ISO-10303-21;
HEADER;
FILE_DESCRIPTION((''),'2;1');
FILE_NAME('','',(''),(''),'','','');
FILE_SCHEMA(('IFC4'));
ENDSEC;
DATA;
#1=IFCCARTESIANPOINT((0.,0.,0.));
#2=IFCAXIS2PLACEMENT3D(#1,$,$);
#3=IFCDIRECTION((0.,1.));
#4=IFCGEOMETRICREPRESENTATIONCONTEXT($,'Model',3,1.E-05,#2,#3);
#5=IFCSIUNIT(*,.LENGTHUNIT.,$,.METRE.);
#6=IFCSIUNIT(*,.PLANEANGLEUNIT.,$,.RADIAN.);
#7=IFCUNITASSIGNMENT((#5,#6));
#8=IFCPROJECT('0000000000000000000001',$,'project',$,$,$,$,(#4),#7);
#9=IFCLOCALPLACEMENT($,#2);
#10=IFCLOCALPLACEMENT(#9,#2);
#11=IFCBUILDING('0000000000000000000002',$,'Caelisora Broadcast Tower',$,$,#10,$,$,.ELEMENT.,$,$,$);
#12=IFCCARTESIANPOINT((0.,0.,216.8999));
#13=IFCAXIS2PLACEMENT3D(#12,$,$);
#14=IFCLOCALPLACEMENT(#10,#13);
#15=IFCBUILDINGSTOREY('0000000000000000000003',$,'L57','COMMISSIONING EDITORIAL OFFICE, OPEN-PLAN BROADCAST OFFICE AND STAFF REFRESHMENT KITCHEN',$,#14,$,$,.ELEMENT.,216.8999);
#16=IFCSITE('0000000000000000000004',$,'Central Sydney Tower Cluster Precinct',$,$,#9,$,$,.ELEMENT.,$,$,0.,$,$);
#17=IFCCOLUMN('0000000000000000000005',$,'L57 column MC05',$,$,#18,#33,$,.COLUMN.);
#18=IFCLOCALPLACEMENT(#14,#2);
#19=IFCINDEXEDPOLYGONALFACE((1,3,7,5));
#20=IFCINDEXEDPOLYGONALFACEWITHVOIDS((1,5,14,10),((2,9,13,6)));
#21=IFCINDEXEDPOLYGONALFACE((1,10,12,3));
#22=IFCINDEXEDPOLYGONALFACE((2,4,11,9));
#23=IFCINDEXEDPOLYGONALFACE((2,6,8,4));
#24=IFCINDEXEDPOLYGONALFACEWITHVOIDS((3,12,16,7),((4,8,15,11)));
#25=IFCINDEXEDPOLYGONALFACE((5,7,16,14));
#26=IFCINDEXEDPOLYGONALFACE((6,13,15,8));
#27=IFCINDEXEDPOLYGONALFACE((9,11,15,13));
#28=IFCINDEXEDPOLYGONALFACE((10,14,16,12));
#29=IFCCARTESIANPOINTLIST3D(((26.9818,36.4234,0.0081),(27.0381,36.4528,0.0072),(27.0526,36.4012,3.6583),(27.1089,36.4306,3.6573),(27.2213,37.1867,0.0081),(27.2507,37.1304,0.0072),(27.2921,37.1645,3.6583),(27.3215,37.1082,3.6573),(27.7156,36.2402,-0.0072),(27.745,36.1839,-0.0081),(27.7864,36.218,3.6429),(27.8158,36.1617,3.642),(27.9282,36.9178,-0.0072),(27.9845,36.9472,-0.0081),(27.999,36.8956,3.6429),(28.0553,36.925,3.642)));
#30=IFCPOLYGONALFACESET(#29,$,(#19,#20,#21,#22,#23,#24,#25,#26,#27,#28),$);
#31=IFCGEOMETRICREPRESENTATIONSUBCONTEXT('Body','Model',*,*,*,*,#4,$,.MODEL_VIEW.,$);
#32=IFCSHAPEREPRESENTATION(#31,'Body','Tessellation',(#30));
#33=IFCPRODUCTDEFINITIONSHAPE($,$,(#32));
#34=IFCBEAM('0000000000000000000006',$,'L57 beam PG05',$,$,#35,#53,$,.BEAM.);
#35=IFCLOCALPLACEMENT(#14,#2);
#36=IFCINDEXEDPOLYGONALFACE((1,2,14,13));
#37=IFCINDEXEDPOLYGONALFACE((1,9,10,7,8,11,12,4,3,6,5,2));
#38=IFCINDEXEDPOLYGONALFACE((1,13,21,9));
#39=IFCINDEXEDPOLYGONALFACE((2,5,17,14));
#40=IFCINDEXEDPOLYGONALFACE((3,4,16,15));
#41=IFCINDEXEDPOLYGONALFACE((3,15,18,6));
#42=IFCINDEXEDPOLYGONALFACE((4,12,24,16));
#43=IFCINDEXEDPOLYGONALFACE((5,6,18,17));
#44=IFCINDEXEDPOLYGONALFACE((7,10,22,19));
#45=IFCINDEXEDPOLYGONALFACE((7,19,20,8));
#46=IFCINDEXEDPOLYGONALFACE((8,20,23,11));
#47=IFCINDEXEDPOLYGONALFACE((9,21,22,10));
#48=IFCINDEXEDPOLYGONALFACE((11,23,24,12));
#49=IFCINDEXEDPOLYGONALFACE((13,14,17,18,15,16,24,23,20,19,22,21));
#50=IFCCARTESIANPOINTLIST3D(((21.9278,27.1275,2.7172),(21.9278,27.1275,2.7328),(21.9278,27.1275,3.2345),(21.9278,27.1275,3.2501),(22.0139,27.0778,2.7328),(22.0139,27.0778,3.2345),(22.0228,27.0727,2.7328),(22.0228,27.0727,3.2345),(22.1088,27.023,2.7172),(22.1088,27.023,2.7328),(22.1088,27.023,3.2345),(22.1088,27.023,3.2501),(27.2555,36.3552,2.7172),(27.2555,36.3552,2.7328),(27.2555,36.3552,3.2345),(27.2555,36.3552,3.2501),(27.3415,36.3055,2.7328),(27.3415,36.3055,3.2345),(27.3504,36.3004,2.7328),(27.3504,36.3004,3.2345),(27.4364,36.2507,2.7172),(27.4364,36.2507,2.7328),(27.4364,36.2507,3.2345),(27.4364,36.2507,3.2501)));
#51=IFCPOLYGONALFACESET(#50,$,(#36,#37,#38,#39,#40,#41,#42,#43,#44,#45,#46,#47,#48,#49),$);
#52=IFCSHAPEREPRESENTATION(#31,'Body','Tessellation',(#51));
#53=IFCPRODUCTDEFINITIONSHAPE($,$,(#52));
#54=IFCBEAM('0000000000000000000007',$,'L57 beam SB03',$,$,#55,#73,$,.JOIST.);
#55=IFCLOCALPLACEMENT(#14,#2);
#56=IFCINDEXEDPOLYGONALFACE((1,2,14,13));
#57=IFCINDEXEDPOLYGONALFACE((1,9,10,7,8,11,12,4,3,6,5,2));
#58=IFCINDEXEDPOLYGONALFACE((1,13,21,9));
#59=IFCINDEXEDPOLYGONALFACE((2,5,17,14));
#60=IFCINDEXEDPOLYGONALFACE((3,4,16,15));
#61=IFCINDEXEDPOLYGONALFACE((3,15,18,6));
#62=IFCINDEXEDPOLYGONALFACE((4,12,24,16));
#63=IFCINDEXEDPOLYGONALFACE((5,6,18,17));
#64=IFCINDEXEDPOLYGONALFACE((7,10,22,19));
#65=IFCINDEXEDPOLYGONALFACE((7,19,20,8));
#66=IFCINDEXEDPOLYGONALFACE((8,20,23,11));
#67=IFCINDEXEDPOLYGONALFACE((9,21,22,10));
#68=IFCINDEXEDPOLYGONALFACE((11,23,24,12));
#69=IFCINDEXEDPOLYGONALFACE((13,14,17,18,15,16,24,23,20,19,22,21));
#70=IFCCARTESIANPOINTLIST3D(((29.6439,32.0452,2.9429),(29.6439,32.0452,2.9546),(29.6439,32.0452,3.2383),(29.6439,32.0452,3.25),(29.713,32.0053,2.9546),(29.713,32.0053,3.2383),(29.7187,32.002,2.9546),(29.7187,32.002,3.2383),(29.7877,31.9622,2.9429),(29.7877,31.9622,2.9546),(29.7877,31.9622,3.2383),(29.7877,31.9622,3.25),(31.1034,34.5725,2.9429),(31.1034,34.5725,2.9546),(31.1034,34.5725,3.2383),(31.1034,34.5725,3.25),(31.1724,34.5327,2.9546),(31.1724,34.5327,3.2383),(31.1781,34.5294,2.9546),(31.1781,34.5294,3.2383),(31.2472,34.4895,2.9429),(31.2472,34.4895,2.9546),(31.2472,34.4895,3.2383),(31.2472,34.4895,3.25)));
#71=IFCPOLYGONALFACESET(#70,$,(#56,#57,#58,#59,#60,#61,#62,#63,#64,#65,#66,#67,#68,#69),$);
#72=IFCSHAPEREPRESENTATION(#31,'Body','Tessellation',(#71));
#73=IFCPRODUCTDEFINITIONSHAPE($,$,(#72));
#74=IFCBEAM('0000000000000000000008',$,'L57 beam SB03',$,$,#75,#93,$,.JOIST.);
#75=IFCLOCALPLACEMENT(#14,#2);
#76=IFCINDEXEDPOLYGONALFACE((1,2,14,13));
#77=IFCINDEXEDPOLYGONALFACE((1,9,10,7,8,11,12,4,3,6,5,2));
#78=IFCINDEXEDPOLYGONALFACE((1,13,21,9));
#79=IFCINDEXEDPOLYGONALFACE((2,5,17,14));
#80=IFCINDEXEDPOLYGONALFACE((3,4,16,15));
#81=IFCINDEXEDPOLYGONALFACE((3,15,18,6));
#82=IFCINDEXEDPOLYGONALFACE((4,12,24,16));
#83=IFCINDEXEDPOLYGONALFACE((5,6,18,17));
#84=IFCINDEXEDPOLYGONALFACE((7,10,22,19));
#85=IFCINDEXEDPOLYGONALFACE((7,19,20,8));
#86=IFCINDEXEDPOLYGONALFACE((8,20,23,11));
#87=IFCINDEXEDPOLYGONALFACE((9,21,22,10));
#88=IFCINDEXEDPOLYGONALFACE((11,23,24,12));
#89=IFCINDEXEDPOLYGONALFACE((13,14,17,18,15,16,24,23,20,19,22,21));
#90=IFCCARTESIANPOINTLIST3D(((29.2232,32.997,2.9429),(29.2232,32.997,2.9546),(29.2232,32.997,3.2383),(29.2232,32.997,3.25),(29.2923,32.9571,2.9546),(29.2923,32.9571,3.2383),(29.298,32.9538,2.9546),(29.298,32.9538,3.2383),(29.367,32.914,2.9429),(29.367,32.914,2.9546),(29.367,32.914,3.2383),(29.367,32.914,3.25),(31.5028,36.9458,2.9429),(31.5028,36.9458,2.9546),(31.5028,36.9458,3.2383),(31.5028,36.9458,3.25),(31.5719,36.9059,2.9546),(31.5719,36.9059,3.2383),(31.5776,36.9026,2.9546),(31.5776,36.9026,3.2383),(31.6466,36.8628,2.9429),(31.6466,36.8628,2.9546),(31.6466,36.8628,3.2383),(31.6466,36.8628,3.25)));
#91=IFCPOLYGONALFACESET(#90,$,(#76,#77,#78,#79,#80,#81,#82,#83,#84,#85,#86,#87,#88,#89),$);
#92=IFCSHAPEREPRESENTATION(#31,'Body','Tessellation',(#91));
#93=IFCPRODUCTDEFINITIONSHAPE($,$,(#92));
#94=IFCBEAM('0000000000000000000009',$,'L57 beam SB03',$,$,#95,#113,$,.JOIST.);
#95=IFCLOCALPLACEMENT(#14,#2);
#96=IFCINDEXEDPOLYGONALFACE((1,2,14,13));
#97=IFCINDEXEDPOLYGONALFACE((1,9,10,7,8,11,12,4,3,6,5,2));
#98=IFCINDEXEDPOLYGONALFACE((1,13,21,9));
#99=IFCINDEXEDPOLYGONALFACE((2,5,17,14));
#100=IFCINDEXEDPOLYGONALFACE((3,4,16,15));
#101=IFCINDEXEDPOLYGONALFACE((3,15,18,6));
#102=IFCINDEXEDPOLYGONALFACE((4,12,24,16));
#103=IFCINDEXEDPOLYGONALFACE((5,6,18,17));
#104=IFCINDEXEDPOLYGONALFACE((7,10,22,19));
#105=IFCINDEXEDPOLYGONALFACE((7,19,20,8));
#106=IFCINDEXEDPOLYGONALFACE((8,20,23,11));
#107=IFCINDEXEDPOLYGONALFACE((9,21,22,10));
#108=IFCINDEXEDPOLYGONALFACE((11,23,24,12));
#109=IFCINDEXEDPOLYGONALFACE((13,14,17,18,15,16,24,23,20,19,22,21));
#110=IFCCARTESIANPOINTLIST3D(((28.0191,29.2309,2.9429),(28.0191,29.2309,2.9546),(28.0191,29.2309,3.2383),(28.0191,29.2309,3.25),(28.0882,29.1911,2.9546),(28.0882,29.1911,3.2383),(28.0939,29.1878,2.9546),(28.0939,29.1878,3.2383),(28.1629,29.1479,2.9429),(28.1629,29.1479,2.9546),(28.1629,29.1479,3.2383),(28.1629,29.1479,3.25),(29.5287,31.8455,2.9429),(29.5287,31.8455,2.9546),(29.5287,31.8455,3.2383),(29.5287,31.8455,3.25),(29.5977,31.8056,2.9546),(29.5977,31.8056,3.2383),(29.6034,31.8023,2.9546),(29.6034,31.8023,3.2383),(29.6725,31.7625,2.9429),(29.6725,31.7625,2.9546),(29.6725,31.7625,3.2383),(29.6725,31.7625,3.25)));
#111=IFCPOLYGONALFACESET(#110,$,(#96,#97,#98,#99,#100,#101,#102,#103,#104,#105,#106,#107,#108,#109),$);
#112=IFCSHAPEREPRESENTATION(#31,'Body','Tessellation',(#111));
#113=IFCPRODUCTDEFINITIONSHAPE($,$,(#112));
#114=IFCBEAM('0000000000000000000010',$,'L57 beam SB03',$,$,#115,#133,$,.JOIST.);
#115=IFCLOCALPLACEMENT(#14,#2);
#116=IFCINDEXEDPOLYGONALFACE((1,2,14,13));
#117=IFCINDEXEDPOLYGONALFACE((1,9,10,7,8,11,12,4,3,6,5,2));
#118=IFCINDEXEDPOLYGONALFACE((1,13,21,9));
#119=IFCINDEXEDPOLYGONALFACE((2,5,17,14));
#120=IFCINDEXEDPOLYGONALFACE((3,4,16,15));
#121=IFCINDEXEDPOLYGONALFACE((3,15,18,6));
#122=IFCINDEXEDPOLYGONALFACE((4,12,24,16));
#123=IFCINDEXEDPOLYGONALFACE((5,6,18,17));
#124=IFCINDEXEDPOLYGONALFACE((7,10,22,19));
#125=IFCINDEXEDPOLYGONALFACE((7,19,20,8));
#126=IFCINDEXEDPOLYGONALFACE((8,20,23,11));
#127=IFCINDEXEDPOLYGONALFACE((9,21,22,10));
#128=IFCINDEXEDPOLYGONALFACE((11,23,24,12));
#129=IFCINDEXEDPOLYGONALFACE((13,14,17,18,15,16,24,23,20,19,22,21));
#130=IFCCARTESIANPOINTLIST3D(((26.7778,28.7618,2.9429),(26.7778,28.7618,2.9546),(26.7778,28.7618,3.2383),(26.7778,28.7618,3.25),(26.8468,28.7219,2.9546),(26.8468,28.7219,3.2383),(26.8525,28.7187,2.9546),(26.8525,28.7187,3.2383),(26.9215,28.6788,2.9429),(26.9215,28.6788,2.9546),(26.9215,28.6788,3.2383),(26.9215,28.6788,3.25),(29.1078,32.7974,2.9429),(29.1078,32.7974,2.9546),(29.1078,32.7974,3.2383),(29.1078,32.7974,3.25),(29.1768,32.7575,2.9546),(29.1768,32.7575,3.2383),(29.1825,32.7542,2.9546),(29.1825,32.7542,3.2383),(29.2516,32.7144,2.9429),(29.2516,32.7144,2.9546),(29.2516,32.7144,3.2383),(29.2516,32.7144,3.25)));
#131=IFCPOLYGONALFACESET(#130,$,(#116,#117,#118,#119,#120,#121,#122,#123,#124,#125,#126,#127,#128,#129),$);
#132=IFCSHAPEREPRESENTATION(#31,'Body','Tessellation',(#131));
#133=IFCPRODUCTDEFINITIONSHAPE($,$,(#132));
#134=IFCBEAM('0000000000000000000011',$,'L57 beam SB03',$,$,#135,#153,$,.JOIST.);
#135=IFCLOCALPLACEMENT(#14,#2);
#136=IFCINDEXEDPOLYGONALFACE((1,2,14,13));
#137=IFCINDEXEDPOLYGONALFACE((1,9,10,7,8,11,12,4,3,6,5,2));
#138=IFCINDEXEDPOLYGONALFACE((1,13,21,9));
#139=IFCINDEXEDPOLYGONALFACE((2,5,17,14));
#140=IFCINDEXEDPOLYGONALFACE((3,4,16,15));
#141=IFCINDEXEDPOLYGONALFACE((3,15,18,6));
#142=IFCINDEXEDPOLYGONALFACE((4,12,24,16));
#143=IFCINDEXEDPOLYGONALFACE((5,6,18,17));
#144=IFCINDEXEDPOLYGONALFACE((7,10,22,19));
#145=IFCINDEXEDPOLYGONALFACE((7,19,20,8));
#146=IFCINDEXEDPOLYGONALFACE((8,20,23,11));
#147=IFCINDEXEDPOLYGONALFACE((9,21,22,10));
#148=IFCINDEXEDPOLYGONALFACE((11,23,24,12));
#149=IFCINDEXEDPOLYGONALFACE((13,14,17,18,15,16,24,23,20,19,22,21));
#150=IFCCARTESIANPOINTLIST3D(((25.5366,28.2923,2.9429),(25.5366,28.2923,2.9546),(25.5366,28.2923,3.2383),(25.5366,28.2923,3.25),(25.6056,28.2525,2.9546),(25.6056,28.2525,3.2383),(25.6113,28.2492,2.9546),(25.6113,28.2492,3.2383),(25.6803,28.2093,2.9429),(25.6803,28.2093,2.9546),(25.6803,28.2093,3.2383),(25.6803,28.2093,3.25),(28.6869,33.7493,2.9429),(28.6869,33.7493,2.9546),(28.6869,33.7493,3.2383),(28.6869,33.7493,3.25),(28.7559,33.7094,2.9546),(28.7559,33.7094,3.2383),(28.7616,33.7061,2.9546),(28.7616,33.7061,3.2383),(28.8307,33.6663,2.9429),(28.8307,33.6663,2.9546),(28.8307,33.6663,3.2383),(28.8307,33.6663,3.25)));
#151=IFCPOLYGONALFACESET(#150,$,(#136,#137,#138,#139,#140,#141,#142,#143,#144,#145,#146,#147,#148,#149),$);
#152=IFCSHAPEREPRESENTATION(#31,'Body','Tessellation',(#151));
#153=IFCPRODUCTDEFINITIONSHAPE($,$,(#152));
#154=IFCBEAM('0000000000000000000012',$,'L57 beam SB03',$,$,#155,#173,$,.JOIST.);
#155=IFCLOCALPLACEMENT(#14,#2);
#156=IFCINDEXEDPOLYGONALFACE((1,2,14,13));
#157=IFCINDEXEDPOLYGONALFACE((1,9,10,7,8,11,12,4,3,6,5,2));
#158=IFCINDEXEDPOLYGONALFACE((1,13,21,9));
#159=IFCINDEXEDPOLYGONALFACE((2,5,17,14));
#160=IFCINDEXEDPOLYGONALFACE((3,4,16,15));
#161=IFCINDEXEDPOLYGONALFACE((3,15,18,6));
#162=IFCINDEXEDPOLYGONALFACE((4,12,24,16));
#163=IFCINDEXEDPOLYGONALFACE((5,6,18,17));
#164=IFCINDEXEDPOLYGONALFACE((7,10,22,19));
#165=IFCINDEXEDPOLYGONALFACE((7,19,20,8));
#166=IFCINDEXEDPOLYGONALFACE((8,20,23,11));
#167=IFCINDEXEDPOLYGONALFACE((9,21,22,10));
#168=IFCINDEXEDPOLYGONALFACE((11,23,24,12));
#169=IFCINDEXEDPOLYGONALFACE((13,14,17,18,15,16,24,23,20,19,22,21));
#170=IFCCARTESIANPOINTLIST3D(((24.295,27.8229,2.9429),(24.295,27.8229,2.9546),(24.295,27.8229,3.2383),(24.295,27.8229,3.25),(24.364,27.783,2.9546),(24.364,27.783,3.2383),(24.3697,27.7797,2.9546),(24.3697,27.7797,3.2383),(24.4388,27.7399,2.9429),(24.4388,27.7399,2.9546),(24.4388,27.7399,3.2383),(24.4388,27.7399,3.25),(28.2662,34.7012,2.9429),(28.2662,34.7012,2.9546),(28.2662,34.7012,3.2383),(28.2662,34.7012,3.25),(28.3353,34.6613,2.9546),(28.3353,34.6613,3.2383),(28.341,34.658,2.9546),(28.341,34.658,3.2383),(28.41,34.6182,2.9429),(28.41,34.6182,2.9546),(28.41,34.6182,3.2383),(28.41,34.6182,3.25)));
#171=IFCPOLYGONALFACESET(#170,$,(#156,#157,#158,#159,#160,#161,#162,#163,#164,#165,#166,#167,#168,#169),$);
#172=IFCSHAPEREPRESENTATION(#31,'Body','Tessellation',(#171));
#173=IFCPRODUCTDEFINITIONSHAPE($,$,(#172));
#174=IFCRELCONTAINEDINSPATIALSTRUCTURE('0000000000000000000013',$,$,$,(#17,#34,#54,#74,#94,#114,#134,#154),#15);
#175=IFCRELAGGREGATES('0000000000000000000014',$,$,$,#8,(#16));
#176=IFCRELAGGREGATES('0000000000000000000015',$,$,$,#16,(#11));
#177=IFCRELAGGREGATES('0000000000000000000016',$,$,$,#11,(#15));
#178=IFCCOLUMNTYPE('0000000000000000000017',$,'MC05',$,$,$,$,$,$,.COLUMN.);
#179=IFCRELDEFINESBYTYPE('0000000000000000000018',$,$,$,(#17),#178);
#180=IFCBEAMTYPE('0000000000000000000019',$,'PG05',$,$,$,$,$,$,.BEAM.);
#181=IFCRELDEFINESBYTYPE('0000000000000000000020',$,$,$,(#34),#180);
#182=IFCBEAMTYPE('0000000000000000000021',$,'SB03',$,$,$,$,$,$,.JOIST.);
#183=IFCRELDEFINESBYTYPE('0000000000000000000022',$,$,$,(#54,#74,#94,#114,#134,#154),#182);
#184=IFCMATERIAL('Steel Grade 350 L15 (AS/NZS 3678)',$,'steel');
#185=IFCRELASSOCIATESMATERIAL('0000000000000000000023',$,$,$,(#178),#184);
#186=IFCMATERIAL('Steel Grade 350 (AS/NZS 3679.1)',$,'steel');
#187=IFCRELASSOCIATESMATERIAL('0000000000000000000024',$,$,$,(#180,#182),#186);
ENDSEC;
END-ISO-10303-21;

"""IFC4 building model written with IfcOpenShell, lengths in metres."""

from ifc_helpers import new_model, si_unit, direction, frame, origin, origin_2d, place, context, subcontext, project, spatial, hollow_rectangle, i_section, extrude, source, transform, mapped, material, material_profile, profile_set, type_object, type_shapes, element, save


model = new_model("IFC4")

# Units and contexts
model_context = context("Model", 3, precision=1e-05, world=origin(), true_north=direction((0.0, 1.0)))
body_context = subcontext(model_context, "Body", "Model", "MODEL_VIEW")
ifc_project = project(units=[si_unit("LENGTHUNIT", "METRE"), si_unit("PLANEANGLEUNIT", "RADIAN")], contexts=[model_context])

# Site, building, storey
site_placement = place(None, origin())
site = spatial("IfcSite", under=ifc_project, at=site_placement, Name="Central Sydney Tower Cluster Precinct", CompositionType="ELEMENT", RefElevation=0.0)
building_placement = place(site_placement, origin())
building = spatial("IfcBuilding", under=site, at=building_placement, Name="Caelisora Broadcast Tower", CompositionType="ELEMENT")
storey_placement = place(building_placement, frame((0.0, 0.0, 216.8999)))
storey = spatial("IfcBuildingStorey", under=building, at=storey_placement, Name="L57", Description="COMMISSIONING EDITORIAL OFFICE, OPEN-PLAN BROADCAST OFFICE AND STAFF REFRESHMENT KITCHEN", CompositionType="ELEMENT", Elevation=216.8999)

# Column
ifc_material_1 = material(Name="Steel Grade 350 L15 (AS/NZS 3678)", Category="steel")
ifc_material_profile_1 = material_profile(ifc_material_1, hollow_rectangle(XDim=0.8, YDim=0.8, WallThickness=0.0449, at=origin_2d()), Name="Steel Grade 350 L15 (AS/NZS 3678)")
ifc_profile_set_1 = profile_set([ifc_material_profile_1], Name="Steel Grade 350 L15 (AS/NZS 3678)")
column_type = type_object("IfcColumnType", Name="MC05", PredefinedType="COLUMN", material=ifc_profile_set_1)
shared_shape_1 = source(origin(), body_context, "Body", "SweptSolid", [
    extrude(hollow_rectangle(XDim=0.8, YDim=0.8, WallThickness=0.0449, at=origin_2d()), origin(), (0.0, 0.0, 1.0), 3.6509),
])
type_shapes(column_type, [shared_shape_1])
column_placement = place(storey_placement, frame((27.4832, 36.6853, 0.0), z_axis=(0.019393, -0.006085, 0.999793), x_axis=(0.299399, 0.954128, 0.0)))
element("IfcColumn", 1, at=column_placement, inside=storey, type_object=column_type, Name="L57 column MC05", PredefinedType="COLUMN", context=body_context, shape_type="MappedRepresentation", body=[
    mapped(shared_shape_1, transform((0.0, 0.0, 0.0), scale=1.0)),
])

# Beams
ifc_material_2 = material(Name="Steel Grade 350 (AS/NZS 3679.1)", Category="steel")
ifc_material_profile_2 = material_profile(ifc_material_2, i_section(OverallWidth=0.209, OverallDepth=0.533, WebThickness=0.0103, FlangeThickness=0.0156, at=origin_2d()), Name="Steel Grade 350 (AS/NZS 3679.1)")
ifc_profile_set_2 = profile_set([ifc_material_profile_2], Name="Steel Grade 350 (AS/NZS 3679.1)")
beam_type_1 = type_object("IfcBeamType", Name="PG05", PredefinedType="BEAM", material=ifc_profile_set_2)
shared_shape_2 = source(origin(), body_context, "Body", "SweptSolid", [
    extrude(i_section(OverallWidth=0.209, OverallDepth=0.533, WebThickness=0.0103, FlangeThickness=0.0156, at=origin_2d()), origin(), (0.0, 0.0, 1.0), 10.6553),
])
type_shapes(beam_type_1, [shared_shape_2])
beam_1_placement = place(storey_placement, frame((27.3459, 36.303, 2.9836), z_axis=(-0.499998, -0.866026, 0.0), x_axis=(0.866026, -0.499998, 0.0)))
element("IfcBeam", 2, at=beam_1_placement, inside=storey, type_object=beam_type_1, Name="L57 beam PG05", PredefinedType="BEAM", context=body_context, shape_type="MappedRepresentation", body=[
    mapped(shared_shape_2, transform((0.0, 0.0, 0.0), scale=1.0)),
])
ifc_material_profile_3 = material_profile(ifc_material_2, i_section(OverallWidth=0.166, OverallDepth=0.3071, WebThickness=0.0066, FlangeThickness=0.0117, at=origin_2d()), Name="Steel Grade 350 (AS/NZS 3679.1)")
ifc_profile_set_3 = profile_set([ifc_material_profile_3], Name="Steel Grade 350 (AS/NZS 3679.1)")
beam_type_2 = type_object("IfcBeamType", Name="SB03", PredefinedType="JOIST", material=ifc_profile_set_3)
shared_shape_3 = source(origin(), body_context, "Body", "SweptSolid", [
    extrude(i_section(OverallWidth=0.166, OverallDepth=0.3071, WebThickness=0.0066, FlangeThickness=0.0117, at=origin_2d()), origin(), (0.0, 0.0, 1.0), 2.9185),
])
beam_2_placement = place(storey_placement, frame((31.1753, 34.531, 3.0964), z_axis=(-0.50008, -0.865979, 0.0), x_axis=(0.865979, -0.50008, 0.0)))
element("IfcBeam", 3, at=beam_2_placement, inside=storey, type_object=beam_type_2, Name="L57 beam SB03", PredefinedType="JOIST", context=body_context, shape_type="MappedRepresentation", body=[
    mapped(shared_shape_3, transform((0.0, 0.0, 0.0), scale=1.0)),
])
shared_shape_4 = source(origin(), body_context, "Body", "SweptSolid", [
    extrude(i_section(OverallWidth=0.166, OverallDepth=0.3071, WebThickness=0.0066, FlangeThickness=0.0117, at=origin_2d()), origin(), (0.0, 0.0, 1.0), 4.5596),
])
beam_3_placement = place(storey_placement, frame((31.5747, 36.9043, 3.0964), z_axis=(-0.499957, -0.86605, 0.0), x_axis=(0.86605, -0.499957, 0.0)))
element("IfcBeam", 4, at=beam_3_placement, inside=storey, type_object=beam_type_2, Name="L57 beam SB03", PredefinedType="JOIST", context=body_context, shape_type="MappedRepresentation", body=[
    mapped(shared_shape_4, transform((0.0, 0.0, 0.0), scale=1.0)),
])
shared_shape_5 = source(origin(), body_context, "Body", "SweptSolid", [
    extrude(i_section(OverallWidth=0.166, OverallDepth=0.3071, WebThickness=0.0066, FlangeThickness=0.0117, at=origin_2d()), origin(), (0.0, 0.0, 1.0), 3.019),
])
beam_4_placement = place(storey_placement, frame((29.6006, 31.804, 3.0964), z_axis=(-0.500009, -0.86602, 0.0), x_axis=(0.86602, -0.500009, 0.0)))
element("IfcBeam", 5, at=beam_4_placement, inside=storey, type_object=beam_type_2, Name="L57 beam SB03", PredefinedType="JOIST", context=body_context, shape_type="MappedRepresentation", body=[
    mapped(shared_shape_5, transform((0.0, 0.0, 0.0), scale=1.0)),
])
shared_shape_6 = source(origin(), body_context, "Body", "SweptSolid", [
    extrude(i_section(OverallWidth=0.166, OverallDepth=0.3071, WebThickness=0.0066, FlangeThickness=0.0117, at=origin_2d()), origin(), (0.0, 0.0, 1.0), 4.6599),
])
beam_5_placement = place(storey_placement, frame((29.1797, 32.7559, 3.0964), z_axis=(-0.500016, -0.866016, 0.0), x_axis=(0.866016, -0.500016, 0.0)))
element("IfcBeam", 6, at=beam_5_placement, inside=storey, type_object=beam_type_2, Name="L57 beam SB03", PredefinedType="JOIST", context=body_context, shape_type="MappedRepresentation", body=[
    mapped(shared_shape_6, transform((0.0, 0.0, 0.0), scale=1.0)),
])
shared_shape_7 = source(origin(), body_context, "Body", "SweptSolid", [
    extrude(i_section(OverallWidth=0.166, OverallDepth=0.3071, WebThickness=0.0066, FlangeThickness=0.0117, at=origin_2d()), origin(), (0.0, 0.0, 1.0), 6.301),
])
beam_6_placement = place(storey_placement, frame((28.7588, 33.7078, 3.0964), z_axis=(-0.499973, -0.866041, 0.0), x_axis=(0.866041, -0.499973, 0.0)))
element("IfcBeam", 7, at=beam_6_placement, inside=storey, type_object=beam_type_2, Name="L57 beam SB03", PredefinedType="JOIST", context=body_context, shape_type="MappedRepresentation", body=[
    mapped(shared_shape_7, transform((0.0, 0.0, 0.0), scale=1.0)),
])
shared_shape_8 = source(origin(), body_context, "Body", "SweptSolid", [
    extrude(i_section(OverallWidth=0.166, OverallDepth=0.3071, WebThickness=0.0066, FlangeThickness=0.0117, at=origin_2d()), origin(), (0.0, 0.0, 1.0), 7.9424),
])
beam_7_placement = place(storey_placement, frame((28.3381, 34.6597, 3.0964), z_axis=(-0.500007, -0.866021, 0.0), x_axis=(0.866021, -0.500007, 0.0)))
element("IfcBeam", 8, at=beam_7_placement, inside=storey, type_object=beam_type_2, Name="L57 beam SB03", PredefinedType="JOIST", context=body_context, shape_type="MappedRepresentation", body=[
    mapped(shared_shape_8, transform((0.0, 0.0, 0.0), scale=1.0)),
])

save(model, "model.ifc")
